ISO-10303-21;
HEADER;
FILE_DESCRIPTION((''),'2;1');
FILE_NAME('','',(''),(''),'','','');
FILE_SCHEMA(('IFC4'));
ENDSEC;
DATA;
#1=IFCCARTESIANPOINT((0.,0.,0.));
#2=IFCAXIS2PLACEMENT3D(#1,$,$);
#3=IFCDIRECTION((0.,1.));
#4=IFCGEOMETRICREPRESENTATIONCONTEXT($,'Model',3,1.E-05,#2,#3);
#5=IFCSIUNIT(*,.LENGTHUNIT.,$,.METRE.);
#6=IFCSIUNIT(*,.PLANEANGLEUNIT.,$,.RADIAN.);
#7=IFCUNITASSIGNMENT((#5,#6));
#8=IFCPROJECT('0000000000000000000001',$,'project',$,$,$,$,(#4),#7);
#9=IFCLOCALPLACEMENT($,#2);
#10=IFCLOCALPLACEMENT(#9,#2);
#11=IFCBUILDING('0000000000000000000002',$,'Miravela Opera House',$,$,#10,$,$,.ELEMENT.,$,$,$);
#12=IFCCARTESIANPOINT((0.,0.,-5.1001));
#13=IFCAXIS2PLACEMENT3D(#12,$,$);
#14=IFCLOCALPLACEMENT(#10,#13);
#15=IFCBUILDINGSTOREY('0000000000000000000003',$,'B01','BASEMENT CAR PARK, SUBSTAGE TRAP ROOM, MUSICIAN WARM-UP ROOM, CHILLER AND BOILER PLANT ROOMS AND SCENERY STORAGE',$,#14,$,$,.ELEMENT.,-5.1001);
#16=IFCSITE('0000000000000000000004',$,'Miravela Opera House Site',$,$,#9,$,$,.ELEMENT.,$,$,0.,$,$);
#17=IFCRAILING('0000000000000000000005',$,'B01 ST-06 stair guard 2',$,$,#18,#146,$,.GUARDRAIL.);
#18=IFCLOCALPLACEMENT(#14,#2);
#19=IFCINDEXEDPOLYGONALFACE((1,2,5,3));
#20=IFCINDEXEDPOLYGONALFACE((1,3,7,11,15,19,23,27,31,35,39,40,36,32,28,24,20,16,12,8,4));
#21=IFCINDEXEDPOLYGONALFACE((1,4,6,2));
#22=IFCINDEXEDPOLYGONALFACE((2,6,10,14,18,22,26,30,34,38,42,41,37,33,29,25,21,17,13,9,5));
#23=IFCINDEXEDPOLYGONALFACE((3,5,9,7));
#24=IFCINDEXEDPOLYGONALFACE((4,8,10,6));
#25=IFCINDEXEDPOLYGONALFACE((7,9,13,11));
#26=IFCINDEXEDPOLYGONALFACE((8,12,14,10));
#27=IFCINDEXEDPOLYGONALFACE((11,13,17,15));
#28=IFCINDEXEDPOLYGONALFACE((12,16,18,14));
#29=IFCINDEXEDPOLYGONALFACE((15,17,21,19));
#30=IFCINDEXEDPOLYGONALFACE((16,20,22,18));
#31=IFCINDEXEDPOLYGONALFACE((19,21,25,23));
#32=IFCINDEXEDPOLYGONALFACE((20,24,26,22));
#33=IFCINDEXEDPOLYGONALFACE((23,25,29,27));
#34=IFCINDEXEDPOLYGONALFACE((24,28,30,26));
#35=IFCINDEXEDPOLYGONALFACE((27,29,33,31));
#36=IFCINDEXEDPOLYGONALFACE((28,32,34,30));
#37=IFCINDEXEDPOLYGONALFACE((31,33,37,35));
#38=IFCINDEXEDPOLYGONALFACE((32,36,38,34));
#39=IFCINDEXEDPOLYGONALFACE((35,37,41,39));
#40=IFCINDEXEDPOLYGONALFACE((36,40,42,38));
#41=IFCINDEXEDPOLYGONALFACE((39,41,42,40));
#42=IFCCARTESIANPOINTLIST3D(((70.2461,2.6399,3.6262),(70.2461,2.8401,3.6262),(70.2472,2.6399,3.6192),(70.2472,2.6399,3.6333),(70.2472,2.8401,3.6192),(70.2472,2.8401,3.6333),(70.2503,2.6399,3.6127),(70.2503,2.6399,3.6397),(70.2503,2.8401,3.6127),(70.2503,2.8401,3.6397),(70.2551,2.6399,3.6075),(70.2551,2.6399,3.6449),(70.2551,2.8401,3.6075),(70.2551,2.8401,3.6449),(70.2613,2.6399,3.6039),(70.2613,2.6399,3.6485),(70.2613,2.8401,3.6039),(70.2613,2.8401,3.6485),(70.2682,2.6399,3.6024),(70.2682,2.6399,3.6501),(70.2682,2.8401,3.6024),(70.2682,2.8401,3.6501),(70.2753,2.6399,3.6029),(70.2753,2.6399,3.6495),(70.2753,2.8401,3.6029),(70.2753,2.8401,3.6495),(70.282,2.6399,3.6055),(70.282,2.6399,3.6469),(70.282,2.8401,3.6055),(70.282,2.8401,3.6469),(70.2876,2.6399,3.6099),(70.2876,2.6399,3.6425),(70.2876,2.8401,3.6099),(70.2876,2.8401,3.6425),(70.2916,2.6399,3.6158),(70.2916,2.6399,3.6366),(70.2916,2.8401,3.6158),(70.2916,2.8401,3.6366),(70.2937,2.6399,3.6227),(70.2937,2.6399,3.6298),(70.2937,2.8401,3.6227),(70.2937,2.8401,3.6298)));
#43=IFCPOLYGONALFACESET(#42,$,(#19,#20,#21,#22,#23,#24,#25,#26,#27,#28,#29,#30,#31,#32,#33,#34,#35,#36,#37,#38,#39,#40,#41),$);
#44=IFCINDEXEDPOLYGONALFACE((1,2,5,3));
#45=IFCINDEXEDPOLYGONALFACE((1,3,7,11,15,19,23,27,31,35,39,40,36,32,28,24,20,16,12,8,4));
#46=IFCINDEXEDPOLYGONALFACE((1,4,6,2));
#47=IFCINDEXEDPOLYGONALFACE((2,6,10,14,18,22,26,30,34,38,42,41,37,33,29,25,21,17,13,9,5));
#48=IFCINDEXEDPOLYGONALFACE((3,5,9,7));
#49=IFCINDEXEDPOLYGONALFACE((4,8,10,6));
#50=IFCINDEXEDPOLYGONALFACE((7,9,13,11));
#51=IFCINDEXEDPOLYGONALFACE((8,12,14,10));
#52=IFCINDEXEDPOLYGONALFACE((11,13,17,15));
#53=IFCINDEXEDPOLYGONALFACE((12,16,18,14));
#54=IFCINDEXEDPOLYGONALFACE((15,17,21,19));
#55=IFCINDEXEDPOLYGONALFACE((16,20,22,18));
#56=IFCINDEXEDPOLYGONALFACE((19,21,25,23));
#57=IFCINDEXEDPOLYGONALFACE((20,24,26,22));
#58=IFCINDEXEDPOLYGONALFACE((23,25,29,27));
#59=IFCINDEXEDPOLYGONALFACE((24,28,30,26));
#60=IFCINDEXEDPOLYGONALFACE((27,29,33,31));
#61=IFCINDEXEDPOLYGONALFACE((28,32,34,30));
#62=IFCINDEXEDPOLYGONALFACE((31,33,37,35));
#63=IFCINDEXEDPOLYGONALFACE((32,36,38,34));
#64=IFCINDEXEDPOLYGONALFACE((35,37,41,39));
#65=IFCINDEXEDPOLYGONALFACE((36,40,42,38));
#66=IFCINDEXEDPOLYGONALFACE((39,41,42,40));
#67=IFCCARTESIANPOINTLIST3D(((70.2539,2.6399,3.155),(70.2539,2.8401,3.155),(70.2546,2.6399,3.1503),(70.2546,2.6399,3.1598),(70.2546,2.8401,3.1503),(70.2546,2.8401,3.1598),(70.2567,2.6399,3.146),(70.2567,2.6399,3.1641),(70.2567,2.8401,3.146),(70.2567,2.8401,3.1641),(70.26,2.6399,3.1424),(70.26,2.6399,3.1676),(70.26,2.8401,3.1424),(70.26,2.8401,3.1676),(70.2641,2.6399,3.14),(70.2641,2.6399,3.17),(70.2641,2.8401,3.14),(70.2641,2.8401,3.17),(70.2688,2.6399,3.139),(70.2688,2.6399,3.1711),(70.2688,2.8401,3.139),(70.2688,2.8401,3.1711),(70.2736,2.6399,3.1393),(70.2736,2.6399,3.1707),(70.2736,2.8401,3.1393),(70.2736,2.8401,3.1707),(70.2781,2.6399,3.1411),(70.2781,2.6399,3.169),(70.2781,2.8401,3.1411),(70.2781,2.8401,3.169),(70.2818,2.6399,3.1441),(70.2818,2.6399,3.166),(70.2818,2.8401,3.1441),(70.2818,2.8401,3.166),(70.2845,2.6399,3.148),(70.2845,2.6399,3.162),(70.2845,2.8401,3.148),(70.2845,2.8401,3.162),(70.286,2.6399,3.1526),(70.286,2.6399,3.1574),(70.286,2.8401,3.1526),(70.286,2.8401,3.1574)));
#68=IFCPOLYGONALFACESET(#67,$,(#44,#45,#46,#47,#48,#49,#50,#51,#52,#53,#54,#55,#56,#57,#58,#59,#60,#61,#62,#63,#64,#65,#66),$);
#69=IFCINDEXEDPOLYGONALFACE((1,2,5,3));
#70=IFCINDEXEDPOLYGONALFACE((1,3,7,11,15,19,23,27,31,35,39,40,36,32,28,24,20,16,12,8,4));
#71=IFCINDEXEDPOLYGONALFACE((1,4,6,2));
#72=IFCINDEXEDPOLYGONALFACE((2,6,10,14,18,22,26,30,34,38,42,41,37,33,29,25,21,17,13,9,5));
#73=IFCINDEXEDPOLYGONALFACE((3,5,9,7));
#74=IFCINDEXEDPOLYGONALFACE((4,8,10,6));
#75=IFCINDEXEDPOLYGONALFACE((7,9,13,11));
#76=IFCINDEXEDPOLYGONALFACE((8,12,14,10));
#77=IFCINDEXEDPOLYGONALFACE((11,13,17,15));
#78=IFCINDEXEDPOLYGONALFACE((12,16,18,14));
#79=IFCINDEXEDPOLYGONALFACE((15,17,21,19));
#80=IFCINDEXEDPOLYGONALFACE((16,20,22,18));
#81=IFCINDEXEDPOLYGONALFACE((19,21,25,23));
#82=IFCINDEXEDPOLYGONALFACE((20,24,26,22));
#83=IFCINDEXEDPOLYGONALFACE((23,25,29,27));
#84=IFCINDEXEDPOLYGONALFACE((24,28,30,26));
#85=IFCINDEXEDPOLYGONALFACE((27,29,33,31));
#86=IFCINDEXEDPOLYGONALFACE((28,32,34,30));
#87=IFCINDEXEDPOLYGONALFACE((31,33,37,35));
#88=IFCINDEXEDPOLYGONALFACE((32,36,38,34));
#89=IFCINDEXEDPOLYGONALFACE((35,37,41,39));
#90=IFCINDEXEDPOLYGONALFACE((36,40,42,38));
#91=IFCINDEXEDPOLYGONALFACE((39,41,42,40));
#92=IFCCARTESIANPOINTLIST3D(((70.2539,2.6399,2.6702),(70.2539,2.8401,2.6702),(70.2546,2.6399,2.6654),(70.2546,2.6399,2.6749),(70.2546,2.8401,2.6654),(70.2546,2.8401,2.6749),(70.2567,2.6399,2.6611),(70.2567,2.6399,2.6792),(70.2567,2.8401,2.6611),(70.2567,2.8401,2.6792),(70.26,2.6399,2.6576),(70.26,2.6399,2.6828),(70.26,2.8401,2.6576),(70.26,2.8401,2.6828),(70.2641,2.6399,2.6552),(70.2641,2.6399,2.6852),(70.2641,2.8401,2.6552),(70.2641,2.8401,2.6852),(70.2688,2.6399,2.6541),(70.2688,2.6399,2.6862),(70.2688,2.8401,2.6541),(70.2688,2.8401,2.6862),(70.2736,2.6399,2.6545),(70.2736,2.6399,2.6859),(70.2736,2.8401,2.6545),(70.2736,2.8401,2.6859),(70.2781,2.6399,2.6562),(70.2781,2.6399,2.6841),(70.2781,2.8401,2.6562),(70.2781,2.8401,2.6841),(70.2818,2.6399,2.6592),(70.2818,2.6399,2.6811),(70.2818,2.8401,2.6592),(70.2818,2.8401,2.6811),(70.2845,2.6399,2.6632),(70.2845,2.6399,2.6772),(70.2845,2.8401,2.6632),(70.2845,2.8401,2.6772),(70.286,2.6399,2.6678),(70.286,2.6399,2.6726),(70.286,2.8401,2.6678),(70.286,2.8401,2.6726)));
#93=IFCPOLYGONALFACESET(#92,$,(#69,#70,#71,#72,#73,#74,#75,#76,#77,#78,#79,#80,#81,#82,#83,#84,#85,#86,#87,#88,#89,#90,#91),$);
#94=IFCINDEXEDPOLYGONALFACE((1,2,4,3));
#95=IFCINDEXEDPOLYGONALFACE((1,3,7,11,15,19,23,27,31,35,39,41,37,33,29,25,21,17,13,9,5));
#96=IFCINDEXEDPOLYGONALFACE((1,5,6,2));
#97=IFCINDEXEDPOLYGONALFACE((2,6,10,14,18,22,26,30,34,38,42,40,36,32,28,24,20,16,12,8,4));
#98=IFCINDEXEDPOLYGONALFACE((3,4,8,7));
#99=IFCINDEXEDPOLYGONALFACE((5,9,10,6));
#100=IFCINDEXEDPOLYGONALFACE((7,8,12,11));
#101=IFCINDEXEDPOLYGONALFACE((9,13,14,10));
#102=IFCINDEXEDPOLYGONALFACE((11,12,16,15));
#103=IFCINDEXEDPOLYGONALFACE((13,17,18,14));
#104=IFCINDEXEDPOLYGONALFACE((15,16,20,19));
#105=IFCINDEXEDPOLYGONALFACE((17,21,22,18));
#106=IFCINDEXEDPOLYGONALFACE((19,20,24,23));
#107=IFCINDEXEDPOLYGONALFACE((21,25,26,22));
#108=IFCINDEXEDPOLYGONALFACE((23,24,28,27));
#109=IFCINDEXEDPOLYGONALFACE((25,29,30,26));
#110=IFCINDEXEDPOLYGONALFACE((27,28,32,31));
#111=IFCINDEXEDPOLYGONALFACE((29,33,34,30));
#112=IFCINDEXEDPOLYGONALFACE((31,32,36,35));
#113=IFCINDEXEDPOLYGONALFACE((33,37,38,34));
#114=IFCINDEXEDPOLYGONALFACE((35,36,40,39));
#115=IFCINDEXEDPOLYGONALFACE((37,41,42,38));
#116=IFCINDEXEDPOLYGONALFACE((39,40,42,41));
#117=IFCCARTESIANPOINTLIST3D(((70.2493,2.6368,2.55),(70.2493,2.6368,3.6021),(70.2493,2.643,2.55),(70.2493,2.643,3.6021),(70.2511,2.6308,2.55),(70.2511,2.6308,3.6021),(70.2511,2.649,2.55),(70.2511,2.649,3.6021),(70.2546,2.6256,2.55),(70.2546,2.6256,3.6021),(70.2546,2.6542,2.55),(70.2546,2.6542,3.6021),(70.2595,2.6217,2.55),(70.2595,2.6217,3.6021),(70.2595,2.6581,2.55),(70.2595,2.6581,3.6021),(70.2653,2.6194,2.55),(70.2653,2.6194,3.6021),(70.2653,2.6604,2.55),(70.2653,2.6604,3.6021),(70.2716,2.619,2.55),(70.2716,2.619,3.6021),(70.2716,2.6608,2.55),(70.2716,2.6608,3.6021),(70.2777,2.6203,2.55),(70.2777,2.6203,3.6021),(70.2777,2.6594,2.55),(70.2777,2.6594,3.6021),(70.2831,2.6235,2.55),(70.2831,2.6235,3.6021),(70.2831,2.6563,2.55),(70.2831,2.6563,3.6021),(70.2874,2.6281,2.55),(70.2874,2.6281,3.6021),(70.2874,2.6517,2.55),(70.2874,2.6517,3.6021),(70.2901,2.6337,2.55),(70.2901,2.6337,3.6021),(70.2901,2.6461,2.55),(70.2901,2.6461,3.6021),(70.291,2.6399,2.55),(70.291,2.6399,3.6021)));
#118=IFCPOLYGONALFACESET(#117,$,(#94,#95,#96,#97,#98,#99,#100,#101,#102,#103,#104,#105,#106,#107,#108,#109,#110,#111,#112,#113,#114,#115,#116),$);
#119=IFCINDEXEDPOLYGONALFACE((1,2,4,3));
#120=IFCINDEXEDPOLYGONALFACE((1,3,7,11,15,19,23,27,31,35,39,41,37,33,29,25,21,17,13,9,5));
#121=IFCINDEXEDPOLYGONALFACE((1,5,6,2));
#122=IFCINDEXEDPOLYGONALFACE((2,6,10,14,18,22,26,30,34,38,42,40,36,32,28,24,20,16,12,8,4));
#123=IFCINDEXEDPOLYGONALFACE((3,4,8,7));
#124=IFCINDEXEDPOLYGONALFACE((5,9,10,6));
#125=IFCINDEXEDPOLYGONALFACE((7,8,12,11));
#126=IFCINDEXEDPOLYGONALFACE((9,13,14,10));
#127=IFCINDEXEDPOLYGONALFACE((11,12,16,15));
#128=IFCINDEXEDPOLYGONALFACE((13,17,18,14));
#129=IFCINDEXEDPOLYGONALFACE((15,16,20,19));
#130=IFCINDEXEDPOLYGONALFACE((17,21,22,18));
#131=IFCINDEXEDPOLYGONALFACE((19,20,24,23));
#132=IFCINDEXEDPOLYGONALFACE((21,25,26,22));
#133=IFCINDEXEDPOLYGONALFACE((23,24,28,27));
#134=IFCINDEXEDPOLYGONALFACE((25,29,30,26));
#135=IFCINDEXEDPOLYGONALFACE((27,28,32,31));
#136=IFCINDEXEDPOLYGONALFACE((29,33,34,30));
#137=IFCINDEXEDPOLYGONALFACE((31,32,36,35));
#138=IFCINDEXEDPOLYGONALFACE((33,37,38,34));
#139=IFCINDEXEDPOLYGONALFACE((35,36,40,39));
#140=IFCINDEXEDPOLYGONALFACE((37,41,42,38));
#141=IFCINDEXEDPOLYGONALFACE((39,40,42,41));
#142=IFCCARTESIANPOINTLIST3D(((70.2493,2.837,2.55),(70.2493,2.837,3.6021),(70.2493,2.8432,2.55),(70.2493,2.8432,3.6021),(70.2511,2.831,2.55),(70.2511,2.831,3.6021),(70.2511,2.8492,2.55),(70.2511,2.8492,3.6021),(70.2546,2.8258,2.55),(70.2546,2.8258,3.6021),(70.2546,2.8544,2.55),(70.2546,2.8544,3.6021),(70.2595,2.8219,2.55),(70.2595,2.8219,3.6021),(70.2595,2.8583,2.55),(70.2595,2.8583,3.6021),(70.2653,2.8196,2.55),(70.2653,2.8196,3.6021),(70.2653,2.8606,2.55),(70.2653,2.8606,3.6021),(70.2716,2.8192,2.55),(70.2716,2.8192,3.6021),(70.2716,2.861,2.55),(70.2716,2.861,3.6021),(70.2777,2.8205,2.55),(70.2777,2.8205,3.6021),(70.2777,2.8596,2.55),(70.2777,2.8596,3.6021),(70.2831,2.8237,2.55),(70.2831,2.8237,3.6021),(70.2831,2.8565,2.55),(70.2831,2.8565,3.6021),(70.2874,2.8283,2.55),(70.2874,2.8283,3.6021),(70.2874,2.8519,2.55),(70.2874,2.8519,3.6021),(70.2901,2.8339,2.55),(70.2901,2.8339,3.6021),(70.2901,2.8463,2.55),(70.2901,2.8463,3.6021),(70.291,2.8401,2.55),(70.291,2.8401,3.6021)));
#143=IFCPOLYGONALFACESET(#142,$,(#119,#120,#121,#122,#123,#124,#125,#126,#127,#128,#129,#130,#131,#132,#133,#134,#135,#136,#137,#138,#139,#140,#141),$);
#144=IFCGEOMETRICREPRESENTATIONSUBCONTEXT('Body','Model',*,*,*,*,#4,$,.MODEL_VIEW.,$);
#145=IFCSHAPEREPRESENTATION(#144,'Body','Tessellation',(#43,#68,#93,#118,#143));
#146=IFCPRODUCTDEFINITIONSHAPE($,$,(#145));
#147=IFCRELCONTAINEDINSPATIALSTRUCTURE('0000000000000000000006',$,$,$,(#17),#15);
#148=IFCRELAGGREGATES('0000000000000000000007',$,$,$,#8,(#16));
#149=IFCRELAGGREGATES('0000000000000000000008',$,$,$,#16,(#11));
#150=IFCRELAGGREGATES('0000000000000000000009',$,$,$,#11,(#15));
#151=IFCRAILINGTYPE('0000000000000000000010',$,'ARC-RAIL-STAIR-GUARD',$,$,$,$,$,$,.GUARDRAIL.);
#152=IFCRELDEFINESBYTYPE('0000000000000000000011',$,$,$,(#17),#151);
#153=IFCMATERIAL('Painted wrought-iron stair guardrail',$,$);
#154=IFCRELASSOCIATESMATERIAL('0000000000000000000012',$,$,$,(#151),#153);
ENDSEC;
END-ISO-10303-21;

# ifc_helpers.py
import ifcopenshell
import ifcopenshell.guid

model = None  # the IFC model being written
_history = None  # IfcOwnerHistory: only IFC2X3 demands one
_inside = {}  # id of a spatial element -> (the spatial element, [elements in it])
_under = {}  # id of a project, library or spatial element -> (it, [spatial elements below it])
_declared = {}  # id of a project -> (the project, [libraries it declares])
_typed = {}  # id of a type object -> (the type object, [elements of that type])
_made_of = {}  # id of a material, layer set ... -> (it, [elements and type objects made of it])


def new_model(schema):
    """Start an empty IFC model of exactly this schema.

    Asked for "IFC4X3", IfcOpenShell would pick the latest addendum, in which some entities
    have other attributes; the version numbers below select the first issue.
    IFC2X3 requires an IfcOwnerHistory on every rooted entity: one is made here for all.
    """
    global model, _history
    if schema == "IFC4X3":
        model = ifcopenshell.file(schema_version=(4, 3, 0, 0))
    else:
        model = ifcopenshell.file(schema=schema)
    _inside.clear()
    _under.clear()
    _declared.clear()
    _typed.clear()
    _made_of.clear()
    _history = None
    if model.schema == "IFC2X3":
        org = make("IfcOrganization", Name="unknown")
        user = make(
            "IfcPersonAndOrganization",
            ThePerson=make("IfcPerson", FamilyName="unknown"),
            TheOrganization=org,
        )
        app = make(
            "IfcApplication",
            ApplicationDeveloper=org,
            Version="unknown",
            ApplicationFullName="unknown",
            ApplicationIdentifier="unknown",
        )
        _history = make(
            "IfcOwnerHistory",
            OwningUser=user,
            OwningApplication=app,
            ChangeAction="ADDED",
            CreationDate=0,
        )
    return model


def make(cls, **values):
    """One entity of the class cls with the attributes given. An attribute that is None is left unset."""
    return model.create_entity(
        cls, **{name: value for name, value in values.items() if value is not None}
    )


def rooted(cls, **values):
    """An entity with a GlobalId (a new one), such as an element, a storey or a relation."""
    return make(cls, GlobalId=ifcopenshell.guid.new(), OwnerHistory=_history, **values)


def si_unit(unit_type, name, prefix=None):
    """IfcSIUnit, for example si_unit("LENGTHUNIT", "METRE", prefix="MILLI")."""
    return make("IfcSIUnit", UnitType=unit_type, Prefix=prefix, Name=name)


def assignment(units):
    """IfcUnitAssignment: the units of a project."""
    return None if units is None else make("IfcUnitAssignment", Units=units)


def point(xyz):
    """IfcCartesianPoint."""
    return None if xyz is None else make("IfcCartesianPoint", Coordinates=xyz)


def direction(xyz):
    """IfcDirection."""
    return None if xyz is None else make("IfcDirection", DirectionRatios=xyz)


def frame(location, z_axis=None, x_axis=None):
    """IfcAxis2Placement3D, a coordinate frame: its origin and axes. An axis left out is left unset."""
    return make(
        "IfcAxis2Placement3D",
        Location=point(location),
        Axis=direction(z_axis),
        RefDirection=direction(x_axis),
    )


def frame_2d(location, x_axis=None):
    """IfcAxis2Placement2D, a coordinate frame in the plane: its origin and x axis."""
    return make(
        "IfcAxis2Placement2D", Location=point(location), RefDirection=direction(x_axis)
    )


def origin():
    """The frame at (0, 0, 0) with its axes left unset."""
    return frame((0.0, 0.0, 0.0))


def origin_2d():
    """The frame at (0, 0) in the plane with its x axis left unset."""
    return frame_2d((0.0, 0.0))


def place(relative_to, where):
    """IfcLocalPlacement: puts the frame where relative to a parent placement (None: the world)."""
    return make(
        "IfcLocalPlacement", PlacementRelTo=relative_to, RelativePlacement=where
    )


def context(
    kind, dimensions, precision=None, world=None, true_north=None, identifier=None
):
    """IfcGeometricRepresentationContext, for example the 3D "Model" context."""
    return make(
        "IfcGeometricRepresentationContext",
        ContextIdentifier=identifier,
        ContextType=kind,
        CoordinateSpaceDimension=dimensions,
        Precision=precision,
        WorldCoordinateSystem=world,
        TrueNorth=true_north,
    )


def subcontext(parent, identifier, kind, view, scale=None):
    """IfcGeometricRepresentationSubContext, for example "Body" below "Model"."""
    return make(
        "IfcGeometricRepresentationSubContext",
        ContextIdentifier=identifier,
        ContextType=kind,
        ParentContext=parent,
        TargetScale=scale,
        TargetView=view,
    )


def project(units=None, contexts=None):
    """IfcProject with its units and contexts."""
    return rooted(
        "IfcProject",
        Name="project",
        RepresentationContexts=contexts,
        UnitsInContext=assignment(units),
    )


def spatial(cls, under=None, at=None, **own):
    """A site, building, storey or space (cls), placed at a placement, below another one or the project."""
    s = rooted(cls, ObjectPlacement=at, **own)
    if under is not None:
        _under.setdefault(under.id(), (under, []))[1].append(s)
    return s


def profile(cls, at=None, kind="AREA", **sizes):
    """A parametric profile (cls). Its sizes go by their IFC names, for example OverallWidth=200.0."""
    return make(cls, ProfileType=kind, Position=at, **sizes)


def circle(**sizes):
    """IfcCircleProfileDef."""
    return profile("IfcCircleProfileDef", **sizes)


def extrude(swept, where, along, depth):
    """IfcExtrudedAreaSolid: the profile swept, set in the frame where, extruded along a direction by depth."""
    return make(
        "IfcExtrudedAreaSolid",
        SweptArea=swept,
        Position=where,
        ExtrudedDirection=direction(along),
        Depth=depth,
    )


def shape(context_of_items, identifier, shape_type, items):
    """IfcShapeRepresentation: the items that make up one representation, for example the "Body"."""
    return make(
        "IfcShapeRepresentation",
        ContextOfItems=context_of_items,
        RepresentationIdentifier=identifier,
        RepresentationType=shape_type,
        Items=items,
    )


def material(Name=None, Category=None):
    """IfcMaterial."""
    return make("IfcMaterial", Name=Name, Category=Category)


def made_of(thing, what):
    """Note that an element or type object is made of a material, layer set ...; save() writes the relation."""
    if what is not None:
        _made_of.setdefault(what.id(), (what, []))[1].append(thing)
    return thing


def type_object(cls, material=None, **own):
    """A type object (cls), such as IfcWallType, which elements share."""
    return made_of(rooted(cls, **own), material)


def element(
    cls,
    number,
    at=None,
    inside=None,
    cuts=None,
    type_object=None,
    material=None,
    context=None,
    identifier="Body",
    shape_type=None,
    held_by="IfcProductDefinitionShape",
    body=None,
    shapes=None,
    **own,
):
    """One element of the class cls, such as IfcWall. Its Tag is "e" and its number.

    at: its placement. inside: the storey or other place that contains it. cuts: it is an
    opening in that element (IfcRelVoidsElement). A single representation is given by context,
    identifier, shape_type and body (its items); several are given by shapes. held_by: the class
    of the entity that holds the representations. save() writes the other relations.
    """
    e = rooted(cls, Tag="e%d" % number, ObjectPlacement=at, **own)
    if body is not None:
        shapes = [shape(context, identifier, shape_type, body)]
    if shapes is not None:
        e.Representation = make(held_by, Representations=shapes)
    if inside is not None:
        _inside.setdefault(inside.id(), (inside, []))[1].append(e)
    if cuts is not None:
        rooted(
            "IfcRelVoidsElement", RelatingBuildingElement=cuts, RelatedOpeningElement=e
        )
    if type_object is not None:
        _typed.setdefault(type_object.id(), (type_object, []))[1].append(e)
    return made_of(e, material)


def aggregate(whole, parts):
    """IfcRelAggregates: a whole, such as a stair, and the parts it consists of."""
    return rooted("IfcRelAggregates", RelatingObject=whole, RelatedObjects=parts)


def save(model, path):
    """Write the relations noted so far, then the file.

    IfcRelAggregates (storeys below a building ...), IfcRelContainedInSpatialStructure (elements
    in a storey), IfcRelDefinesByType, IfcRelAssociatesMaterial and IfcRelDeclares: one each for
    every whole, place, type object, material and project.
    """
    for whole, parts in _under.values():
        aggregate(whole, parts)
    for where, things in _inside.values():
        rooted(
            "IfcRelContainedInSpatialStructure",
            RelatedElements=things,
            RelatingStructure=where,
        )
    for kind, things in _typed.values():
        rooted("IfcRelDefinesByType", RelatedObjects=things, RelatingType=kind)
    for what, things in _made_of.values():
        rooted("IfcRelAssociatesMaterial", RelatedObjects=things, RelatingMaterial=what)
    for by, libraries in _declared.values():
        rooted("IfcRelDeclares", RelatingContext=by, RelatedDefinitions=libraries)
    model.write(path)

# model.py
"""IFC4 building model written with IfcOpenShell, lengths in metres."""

from ifc_helpers import new_model, si_unit, direction, frame, origin, origin_2d, place, context, subcontext, project, spatial, circle, extrude, material, type_object, element, save


model = new_model("IFC4")

# Units and contexts
model_context = context("Model", 3, precision=1e-05, world=origin(), true_north=direction((0.0, 1.0)))
body_context = subcontext(model_context, "Body", "Model", "MODEL_VIEW")
ifc_project = project(units=[si_unit("LENGTHUNIT", "METRE"), si_unit("PLANEANGLEUNIT", "RADIAN")], contexts=[model_context])

# Site, building, storey
site_placement = place(None, origin())
site = spatial("IfcSite", under=ifc_project, at=site_placement, Name="Miravela Opera House Site", CompositionType="ELEMENT", RefElevation=0.0)
building_placement = place(site_placement, origin())
building = spatial("IfcBuilding", under=site, at=building_placement, Name="Miravela Opera House", CompositionType="ELEMENT")
storey_placement = place(building_placement, frame((0.0, 0.0, -5.1001)))
storey = spatial("IfcBuildingStorey", under=building, at=storey_placement, Name="B01", Description="BASEMENT CAR PARK, SUBSTAGE TRAP ROOM, MUSICIAN WARM-UP ROOM, CHILLER AND BOILER PLANT ROOMS AND SCENERY STORAGE", CompositionType="ELEMENT", Elevation=-5.1001)

# Railing
ifc_material_1 = material(Name="Painted wrought-iron stair guardrail")
railing_type_1 = type_object("IfcRailingType", Name="ARC-RAIL-STAIR-GUARD", PredefinedType="GUARDRAIL", material=ifc_material_1)
railing_1_placement = place(storey_placement, frame((70.27, 2.6399, 2.55)))
element("IfcRailing", 1, at=railing_1_placement, inside=storey, type_object=railing_type_1, Name="B01 ST-06 stair guard 2", PredefinedType="GUARDRAIL", context=body_context, shape_type="SweptSolid", body=[
    extrude(circle(Radius=0.0239, at=origin_2d()), frame((0.0, 0.0, 1.0762), z_axis=(0.0, 1.0, 0.0), x_axis=(-1.0, 0.0, 0.0)), (0.0, 0.0, 1.0), 0.2002),
    extrude(circle(Radius=0.0161, at=origin_2d()), frame((0.0, 0.0, 0.605), z_axis=(0.0, 1.0, 0.0), x_axis=(-1.0, 0.0, 0.0)), (0.0, 0.0, 1.0), 0.2002),
    extrude(circle(Radius=0.0161, at=origin_2d()), frame((0.0, 0.0, 0.1201), z_axis=(0.0, 1.0, 0.0), x_axis=(-1.0, 0.0, 0.0)), (0.0, 0.0, 1.0), 0.2002),
    extrude(circle(Radius=0.021, at=origin_2d()), origin(), (0.0, 0.0, 1.0), 1.052),
    extrude(circle(Radius=0.021, at=origin_2d()), frame((0.0, 0.2002, 0.0)), (0.0, 0.0, 1.0), 1.052),
])

save(model, "model.ifc")
